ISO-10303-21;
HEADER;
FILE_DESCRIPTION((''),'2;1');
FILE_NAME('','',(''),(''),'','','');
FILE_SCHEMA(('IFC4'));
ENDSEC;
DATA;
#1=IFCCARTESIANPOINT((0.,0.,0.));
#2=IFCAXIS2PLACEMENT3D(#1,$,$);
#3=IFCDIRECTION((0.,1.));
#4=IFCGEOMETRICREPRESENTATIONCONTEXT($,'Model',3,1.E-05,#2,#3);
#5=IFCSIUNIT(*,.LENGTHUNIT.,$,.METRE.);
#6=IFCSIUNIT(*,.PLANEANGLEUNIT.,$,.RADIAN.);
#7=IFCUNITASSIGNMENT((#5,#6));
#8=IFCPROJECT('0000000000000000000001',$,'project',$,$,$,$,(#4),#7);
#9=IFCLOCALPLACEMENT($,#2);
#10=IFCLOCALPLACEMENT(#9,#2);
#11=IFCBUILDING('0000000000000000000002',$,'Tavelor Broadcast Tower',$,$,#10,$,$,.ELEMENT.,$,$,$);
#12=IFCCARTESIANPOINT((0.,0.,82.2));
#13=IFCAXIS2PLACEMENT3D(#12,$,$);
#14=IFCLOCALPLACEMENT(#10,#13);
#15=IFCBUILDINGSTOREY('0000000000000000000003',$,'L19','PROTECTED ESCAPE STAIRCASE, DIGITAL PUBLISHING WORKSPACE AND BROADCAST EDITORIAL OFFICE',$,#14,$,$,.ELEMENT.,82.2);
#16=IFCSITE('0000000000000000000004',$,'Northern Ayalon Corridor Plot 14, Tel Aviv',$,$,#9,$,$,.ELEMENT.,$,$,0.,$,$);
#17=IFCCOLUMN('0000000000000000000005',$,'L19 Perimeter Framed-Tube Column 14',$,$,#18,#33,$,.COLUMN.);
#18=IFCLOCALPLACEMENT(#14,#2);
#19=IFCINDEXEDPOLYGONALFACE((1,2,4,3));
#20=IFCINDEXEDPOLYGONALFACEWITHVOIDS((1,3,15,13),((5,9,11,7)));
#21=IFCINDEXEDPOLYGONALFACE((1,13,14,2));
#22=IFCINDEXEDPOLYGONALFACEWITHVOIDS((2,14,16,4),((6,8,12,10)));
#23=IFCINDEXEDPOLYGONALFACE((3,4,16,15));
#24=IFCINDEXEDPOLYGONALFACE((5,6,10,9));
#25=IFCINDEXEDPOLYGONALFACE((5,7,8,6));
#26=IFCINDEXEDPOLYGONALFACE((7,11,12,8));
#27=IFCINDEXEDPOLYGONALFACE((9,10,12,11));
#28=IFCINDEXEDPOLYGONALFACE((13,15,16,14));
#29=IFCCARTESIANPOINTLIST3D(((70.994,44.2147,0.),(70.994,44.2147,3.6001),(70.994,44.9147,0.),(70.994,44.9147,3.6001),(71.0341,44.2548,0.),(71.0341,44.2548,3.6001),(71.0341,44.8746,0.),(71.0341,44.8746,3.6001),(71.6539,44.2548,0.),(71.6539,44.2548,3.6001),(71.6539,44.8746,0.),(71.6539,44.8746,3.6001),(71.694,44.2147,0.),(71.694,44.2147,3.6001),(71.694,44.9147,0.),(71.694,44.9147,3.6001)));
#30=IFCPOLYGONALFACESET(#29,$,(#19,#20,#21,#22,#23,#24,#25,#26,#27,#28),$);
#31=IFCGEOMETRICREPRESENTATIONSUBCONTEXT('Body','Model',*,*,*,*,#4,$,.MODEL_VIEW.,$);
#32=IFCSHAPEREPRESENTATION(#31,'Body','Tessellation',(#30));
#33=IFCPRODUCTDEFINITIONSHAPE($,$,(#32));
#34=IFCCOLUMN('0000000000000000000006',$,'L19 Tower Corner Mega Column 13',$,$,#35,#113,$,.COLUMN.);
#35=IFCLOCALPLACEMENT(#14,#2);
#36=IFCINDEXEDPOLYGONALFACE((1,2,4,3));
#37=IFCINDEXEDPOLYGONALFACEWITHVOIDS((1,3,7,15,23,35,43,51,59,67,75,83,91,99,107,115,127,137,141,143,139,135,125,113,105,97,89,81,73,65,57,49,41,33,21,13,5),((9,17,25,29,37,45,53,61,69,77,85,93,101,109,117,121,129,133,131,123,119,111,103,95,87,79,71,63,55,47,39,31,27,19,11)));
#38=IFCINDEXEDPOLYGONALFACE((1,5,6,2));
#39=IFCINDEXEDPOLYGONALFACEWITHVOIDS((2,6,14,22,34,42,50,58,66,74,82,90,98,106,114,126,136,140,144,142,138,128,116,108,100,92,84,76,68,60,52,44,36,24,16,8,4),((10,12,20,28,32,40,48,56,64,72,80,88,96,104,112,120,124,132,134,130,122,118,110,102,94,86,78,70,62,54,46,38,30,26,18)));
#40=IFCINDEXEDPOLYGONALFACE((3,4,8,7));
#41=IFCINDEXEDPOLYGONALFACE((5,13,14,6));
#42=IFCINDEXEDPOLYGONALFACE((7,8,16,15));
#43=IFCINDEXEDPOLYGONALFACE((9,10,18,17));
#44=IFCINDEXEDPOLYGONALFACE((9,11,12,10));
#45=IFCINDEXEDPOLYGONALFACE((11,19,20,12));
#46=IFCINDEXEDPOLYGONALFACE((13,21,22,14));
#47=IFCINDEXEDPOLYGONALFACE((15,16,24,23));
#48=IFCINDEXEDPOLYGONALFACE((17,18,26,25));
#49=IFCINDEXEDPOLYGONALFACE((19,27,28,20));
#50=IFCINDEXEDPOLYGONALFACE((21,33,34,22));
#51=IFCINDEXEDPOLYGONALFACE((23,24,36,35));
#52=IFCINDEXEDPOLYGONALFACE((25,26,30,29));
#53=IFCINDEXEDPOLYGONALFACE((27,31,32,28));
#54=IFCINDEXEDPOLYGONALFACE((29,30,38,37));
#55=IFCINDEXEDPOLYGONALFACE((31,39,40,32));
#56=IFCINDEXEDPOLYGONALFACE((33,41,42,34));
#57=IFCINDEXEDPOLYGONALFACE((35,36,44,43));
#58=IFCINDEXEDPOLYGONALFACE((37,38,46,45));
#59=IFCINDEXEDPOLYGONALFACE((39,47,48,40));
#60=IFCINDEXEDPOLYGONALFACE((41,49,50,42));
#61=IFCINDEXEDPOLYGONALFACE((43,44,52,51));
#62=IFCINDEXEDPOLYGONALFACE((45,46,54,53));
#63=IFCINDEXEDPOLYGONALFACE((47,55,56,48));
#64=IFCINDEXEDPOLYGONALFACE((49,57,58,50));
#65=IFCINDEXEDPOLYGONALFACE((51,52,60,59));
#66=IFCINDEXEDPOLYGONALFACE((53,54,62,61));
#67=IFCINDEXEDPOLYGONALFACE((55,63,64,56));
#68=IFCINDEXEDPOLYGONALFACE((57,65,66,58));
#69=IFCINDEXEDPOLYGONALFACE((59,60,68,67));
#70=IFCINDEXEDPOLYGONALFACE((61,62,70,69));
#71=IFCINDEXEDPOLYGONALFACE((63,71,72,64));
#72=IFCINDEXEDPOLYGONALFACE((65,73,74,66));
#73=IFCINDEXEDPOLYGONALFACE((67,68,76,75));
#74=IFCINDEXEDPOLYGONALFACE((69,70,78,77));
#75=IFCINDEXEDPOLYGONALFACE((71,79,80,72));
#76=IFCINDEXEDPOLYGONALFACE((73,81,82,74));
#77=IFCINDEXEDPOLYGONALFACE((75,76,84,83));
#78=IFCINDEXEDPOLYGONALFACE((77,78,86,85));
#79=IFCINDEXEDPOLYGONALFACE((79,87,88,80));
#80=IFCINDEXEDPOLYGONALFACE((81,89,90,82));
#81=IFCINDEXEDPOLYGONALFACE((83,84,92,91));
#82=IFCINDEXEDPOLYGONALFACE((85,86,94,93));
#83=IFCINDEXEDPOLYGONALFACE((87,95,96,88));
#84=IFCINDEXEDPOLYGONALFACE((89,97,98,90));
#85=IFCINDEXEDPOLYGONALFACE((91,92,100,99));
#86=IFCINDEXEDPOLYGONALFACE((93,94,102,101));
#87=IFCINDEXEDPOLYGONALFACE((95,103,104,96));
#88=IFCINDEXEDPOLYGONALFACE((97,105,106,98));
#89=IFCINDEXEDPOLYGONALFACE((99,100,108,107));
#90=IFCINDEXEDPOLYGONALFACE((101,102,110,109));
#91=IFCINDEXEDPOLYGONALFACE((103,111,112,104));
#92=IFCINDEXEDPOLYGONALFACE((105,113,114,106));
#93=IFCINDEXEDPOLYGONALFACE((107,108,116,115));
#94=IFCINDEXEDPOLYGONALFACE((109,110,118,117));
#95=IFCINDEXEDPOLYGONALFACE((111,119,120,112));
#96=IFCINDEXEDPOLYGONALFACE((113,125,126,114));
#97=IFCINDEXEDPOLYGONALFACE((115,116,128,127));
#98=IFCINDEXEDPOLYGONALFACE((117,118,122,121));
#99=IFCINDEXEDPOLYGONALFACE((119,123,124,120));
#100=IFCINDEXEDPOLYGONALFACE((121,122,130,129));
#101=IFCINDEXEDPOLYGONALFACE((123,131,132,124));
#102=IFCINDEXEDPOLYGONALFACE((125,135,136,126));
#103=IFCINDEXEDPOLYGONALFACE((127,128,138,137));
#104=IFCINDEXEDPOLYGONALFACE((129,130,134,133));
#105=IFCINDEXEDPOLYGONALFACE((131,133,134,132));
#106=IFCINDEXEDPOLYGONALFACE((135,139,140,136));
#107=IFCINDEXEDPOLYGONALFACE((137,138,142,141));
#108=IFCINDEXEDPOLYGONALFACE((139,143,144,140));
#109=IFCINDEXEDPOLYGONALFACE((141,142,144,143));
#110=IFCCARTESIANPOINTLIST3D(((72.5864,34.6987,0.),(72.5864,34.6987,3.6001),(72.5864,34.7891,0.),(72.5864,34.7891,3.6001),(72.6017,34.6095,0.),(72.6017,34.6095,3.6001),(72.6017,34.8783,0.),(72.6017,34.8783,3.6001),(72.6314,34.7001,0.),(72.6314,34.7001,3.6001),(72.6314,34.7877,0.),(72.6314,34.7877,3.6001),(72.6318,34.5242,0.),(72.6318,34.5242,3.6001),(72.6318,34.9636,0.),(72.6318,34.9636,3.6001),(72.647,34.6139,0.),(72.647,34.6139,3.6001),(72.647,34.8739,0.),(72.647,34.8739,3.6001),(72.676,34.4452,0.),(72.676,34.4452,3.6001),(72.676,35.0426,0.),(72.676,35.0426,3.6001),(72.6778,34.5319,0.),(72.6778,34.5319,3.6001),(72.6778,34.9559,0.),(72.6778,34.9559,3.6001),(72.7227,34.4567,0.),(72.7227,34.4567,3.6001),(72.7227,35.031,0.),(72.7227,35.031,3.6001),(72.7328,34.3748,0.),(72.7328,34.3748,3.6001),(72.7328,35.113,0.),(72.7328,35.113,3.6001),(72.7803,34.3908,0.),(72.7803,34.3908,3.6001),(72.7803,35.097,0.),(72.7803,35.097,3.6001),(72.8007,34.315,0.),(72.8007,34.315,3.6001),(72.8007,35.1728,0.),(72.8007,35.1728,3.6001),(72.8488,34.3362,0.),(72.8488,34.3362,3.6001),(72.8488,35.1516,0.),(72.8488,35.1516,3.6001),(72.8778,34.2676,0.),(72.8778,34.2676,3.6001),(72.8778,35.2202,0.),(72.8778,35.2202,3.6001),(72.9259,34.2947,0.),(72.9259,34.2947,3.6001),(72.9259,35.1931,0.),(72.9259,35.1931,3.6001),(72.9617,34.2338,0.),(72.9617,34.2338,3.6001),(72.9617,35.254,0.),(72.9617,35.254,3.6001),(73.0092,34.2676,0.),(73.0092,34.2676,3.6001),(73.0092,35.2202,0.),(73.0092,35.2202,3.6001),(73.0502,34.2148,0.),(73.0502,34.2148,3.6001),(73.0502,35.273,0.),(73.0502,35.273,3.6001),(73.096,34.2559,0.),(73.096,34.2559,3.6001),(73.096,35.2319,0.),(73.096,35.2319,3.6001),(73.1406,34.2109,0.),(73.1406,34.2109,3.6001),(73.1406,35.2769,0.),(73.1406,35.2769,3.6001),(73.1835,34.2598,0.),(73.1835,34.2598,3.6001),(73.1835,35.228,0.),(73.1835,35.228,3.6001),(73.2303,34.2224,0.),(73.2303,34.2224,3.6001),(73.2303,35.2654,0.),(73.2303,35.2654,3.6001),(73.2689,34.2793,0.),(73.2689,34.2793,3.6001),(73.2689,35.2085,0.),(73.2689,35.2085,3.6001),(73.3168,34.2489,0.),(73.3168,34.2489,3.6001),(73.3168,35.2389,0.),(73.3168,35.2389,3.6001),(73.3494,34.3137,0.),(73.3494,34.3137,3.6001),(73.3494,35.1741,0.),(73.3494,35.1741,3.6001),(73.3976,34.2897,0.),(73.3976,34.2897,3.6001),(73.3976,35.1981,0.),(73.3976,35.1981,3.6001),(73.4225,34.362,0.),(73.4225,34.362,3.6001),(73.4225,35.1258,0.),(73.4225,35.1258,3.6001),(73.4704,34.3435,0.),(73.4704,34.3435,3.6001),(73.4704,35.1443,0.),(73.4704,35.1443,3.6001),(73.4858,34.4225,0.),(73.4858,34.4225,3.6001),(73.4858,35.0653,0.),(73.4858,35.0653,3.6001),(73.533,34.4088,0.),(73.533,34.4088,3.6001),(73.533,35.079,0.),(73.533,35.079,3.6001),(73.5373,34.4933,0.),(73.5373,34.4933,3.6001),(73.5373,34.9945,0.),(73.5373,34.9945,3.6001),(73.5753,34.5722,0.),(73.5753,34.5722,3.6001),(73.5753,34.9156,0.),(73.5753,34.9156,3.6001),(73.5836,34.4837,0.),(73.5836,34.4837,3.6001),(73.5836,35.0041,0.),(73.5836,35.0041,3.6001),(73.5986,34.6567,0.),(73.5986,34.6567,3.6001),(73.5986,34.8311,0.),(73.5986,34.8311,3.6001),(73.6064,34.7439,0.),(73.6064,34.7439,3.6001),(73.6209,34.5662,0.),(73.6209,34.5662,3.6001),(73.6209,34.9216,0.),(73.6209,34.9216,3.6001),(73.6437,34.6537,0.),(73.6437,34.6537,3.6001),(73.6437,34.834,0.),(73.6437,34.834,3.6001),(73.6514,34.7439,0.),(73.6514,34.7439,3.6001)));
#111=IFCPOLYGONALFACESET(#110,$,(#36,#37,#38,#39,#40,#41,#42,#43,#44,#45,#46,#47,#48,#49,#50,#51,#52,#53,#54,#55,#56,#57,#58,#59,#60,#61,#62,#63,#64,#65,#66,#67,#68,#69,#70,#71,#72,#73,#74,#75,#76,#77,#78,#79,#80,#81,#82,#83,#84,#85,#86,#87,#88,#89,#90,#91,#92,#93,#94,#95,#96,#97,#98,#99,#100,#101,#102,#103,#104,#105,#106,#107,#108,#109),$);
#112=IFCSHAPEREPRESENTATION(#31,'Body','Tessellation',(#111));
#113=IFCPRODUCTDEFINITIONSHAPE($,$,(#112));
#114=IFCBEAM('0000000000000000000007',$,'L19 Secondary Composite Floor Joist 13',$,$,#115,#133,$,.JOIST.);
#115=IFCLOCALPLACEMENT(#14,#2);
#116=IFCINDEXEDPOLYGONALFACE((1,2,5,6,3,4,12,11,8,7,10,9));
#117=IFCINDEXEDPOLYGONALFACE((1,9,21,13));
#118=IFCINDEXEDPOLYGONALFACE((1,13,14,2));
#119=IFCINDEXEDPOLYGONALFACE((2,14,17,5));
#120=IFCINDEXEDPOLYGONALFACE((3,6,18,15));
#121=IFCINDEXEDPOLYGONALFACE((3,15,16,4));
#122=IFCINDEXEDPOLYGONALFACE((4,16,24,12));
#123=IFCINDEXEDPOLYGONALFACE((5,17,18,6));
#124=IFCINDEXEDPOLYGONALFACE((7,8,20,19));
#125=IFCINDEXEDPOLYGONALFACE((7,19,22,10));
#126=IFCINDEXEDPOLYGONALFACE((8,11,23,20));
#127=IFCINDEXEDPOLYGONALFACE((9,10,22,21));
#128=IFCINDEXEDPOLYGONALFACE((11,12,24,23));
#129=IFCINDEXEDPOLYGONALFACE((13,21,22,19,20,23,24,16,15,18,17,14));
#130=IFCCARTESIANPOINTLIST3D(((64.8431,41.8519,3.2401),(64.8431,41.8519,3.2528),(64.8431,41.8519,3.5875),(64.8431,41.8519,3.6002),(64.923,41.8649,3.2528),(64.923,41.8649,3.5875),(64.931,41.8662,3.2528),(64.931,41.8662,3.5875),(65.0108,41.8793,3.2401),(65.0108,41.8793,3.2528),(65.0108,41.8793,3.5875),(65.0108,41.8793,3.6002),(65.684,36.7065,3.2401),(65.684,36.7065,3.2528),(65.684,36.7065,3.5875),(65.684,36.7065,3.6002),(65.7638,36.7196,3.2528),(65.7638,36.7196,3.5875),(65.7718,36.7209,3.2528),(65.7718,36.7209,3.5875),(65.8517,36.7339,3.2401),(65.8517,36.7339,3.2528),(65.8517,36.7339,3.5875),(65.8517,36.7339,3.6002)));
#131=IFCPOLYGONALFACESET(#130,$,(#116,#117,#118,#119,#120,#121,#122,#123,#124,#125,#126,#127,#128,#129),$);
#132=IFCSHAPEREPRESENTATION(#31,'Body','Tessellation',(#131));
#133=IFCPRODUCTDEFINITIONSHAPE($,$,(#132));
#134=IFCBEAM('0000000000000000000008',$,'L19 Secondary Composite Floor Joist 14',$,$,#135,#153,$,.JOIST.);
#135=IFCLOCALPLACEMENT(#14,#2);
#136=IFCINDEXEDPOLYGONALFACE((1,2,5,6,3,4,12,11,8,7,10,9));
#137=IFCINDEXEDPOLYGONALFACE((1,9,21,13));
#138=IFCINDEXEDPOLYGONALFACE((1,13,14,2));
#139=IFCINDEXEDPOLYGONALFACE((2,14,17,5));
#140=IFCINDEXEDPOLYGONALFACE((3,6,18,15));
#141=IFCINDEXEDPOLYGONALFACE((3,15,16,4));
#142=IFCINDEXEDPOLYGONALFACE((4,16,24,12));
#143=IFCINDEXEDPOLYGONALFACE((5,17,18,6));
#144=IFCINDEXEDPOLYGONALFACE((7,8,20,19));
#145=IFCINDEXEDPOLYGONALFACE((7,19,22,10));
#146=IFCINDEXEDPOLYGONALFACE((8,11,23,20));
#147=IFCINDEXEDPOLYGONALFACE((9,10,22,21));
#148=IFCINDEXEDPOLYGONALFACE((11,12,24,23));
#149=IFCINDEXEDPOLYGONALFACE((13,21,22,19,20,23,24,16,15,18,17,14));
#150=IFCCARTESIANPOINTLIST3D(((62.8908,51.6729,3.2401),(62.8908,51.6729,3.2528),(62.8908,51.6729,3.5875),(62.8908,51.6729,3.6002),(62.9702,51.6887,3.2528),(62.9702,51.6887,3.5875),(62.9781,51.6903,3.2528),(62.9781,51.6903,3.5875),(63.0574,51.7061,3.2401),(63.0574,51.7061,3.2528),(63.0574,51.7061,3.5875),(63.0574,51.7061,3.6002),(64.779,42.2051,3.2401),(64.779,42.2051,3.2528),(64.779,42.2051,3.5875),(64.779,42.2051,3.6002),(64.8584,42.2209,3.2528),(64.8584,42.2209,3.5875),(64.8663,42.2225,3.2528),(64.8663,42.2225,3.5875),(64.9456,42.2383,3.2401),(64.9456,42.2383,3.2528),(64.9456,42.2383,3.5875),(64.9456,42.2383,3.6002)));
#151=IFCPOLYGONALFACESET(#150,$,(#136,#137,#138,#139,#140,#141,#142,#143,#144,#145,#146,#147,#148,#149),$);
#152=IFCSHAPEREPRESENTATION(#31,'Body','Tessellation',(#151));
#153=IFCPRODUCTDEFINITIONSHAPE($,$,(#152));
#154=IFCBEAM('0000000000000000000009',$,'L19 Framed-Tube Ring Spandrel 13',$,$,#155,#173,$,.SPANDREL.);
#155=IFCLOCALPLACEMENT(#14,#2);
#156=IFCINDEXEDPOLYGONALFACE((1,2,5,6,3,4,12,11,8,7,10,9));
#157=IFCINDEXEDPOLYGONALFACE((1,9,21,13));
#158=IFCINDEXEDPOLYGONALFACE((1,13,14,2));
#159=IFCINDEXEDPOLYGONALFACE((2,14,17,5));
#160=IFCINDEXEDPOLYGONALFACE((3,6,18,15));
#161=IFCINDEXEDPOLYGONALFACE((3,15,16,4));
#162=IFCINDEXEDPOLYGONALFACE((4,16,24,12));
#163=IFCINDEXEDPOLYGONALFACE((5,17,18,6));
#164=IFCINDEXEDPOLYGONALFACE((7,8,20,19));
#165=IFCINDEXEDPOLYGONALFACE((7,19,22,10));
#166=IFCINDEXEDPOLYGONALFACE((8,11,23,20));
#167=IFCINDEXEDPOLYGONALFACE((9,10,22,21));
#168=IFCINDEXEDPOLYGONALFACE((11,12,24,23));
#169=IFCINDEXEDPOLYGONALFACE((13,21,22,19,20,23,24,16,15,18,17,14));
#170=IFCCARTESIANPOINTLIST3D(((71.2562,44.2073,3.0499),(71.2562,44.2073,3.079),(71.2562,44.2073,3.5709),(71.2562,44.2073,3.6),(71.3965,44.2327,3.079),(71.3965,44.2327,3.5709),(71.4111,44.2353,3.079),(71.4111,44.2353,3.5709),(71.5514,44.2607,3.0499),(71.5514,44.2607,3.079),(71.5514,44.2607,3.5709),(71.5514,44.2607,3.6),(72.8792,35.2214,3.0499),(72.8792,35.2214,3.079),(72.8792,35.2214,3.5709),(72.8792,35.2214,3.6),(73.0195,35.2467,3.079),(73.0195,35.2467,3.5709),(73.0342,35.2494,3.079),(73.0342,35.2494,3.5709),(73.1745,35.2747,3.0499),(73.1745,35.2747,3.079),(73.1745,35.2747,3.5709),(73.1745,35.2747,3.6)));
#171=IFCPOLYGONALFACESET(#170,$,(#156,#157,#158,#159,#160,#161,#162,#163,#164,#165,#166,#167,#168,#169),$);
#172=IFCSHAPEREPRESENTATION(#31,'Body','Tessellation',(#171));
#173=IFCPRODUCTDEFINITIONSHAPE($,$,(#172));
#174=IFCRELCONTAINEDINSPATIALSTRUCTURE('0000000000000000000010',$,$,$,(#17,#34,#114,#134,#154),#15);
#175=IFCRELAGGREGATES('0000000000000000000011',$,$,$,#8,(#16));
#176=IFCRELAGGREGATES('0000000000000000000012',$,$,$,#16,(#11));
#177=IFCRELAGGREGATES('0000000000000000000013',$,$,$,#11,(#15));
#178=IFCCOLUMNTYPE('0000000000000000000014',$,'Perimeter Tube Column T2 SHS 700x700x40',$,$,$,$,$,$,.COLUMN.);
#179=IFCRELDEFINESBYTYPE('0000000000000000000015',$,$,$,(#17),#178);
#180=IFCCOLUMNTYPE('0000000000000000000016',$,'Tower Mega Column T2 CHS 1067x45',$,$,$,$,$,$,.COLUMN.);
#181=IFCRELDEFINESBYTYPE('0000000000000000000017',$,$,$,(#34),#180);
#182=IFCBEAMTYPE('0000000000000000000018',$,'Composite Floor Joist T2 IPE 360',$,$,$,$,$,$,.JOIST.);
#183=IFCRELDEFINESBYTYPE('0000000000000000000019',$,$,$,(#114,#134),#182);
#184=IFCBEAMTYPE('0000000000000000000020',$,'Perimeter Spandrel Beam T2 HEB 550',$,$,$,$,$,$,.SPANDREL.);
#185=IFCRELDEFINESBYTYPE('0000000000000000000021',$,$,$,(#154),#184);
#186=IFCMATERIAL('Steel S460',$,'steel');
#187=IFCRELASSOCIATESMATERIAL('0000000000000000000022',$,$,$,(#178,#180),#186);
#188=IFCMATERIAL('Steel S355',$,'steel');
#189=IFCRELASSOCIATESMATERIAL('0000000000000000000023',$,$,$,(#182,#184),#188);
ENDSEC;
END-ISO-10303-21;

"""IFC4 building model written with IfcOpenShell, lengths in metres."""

from ifc_helpers import new_model, si_unit, direction, frame, origin, origin_2d, place, context, subcontext, project, spatial, hollow_rectangle, hollow_circle, i_section, extrude, material, material_profile, profile_set, type_object, element, save


model = new_model("IFC4")

# Units and contexts
model_context = context("Model", 3, precision=1e-05, world=origin(), true_north=direction((0.0, 1.0)))
body_context = subcontext(model_context, "Body", "Model", "MODEL_VIEW")
ifc_project = project(units=[si_unit("LENGTHUNIT", "METRE"), si_unit("PLANEANGLEUNIT", "RADIAN")], contexts=[model_context])

# Site, building, storey
site_placement = place(None, origin())
site = spatial("IfcSite", under=ifc_project, at=site_placement, Name="Northern Ayalon Corridor Plot 14, Tel Aviv", CompositionType="ELEMENT", RefElevation=0.0)
building_placement = place(site_placement, origin())
building = spatial("IfcBuilding", under=site, at=building_placement, Name="Tavelor Broadcast Tower", CompositionType="ELEMENT")
storey_placement = place(building_placement, frame((0.0, 0.0, 82.2)))
storey = spatial("IfcBuildingStorey", under=building, at=storey_placement, Name="L19", Description="PROTECTED ESCAPE STAIRCASE, DIGITAL PUBLISHING WORKSPACE AND BROADCAST EDITORIAL OFFICE", CompositionType="ELEMENT", Elevation=82.2)

# Columns
ifc_material_1 = material(Name="Steel S460", Category="steel")
ifc_material_profile_1 = material_profile(ifc_material_1, hollow_rectangle(XDim=0.7, YDim=0.7, WallThickness=0.04, at=origin_2d()), Name="SHS 700x700x40")
ifc_profile_set_1 = profile_set([ifc_material_profile_1], Name="Steel S460")
column_type_1 = type_object("IfcColumnType", Name="Perimeter Tube Column T2 SHS 700x700x40", PredefinedType="COLUMN", material=ifc_profile_set_1)
column_1_placement = place(storey_placement, frame((71.344, 44.5647, 0.0), z_axis=(0.0, 0.0, 1.0), x_axis=(1.0, 0.0, 0.0)))
element("IfcColumn", 1, at=column_1_placement, inside=storey, type_object=column_type_1, Name="L19 Perimeter Framed-Tube Column 14", PredefinedType="COLUMN", context=body_context, shape_type="SweptSolid", body=[
    extrude(hollow_rectangle(XDim=0.7, YDim=0.7, WallThickness=0.04, at=origin_2d()), origin(), (0.0, 0.0, 1.0), 3.6001),
])
ifc_material_profile_2 = material_profile(ifc_material_1, hollow_circle(Radius=0.5334, WallThickness=0.0449, at=origin_2d()), Name="CHS 1067x45")
ifc_profile_set_2 = profile_set([ifc_material_profile_2], Name="Steel S460")
column_type_2 = type_object("IfcColumnType", Name="Tower Mega Column T2 CHS 1067x45", PredefinedType="COLUMN", material=ifc_profile_set_2)
column_2_placement = place(storey_placement, frame((73.1179, 34.7439, 0.0), z_axis=(0.0, 0.0, 1.0), x_axis=(1.0, 0.0, 0.0)))
element("IfcColumn", 2, at=column_2_placement, inside=storey, type_object=column_type_2, Name="L19 Tower Corner Mega Column 13", PredefinedType="COLUMN", context=body_context, shape_type="SweptSolid", body=[
    extrude(hollow_circle(Radius=0.5334, WallThickness=0.0449, at=origin_2d()), origin(), (0.0, 0.0, 1.0), 3.6001),
])

# Beams
ifc_material_2 = material(Name="Steel S355", Category="steel")
ifc_material_profile_3 = material_profile(ifc_material_2, i_section(OverallWidth=0.1699, OverallDepth=0.3601, WebThickness=0.0081, FlangeThickness=0.0127, at=origin_2d()), Name="IPE 360")
ifc_profile_set_3 = profile_set([ifc_material_profile_3], Name="Steel S355")
beam_type_1 = type_object("IfcBeamType", Name="Composite Floor Joist T2 IPE 360", PredefinedType="JOIST", material=ifc_profile_set_3)
beam_1_placement = place(storey_placement, frame((65.7678, 36.7202, 3.4202), z_axis=(-0.161277, 0.986909, 0.0), x_axis=(-0.986909, -0.161277, 0.0)))
element("IfcBeam", 3, at=beam_1_placement, inside=storey, type_object=beam_type_1, Name="L19 Secondary Composite Floor Joist 13", PredefinedType="JOIST", context=body_context, shape_type="SweptSolid", body=[
    extrude(i_section(OverallWidth=0.1699, OverallDepth=0.3601, WebThickness=0.0081, FlangeThickness=0.0127, at=origin_2d()), origin(), (0.0, 0.0, 1.0), 5.2136),
])
beam_2_placement = place(storey_placement, frame((64.8623, 42.2217, 3.4202), z_axis=(-0.195581, 0.980688, 0.0), x_axis=(-0.980688, -0.195581, 0.0)))
element("IfcBeam", 4, at=beam_2_placement, inside=storey, type_object=beam_type_1, Name="L19 Secondary Composite Floor Joist 14", PredefinedType="JOIST", context=body_context, shape_type="SweptSolid", body=[
    extrude(i_section(OverallWidth=0.1699, OverallDepth=0.3601, WebThickness=0.0081, FlangeThickness=0.0127, at=origin_2d()), origin(), (0.0, 0.0, 1.0), 9.6543),
])
ifc_material_profile_4 = material_profile(ifc_material_2, i_section(OverallWidth=0.3, OverallDepth=0.55, WebThickness=0.0149, FlangeThickness=0.0291, at=origin_2d()), Name="HEB 550")
ifc_profile_set_4 = profile_set([ifc_material_profile_4], Name="Steel S355")
beam_type_2 = type_object("IfcBeamType", Name="Perimeter Spandrel Beam T2 HEB 550", PredefinedType="SPANDREL", material=ifc_profile_set_4)
beam_3_placement = place(storey_placement, frame((73.0269, 35.248, 3.325), z_axis=(-0.177747, 0.984076, 0.0), x_axis=(-0.984076, -0.177747, 0.0)))
element("IfcBeam", 5, at=beam_3_placement, inside=storey, type_object=beam_type_2, Name="L19 Framed-Tube Ring Spandrel 13", PredefinedType="SPANDREL", context=body_context, shape_type="SweptSolid", body=[
    extrude(i_section(OverallWidth=0.3, OverallDepth=0.55, WebThickness=0.0149, FlangeThickness=0.0291, at=origin_2d()), origin(), (0.0, 0.0, 1.0), 9.1313),
])

save(model, "model.ifc")
